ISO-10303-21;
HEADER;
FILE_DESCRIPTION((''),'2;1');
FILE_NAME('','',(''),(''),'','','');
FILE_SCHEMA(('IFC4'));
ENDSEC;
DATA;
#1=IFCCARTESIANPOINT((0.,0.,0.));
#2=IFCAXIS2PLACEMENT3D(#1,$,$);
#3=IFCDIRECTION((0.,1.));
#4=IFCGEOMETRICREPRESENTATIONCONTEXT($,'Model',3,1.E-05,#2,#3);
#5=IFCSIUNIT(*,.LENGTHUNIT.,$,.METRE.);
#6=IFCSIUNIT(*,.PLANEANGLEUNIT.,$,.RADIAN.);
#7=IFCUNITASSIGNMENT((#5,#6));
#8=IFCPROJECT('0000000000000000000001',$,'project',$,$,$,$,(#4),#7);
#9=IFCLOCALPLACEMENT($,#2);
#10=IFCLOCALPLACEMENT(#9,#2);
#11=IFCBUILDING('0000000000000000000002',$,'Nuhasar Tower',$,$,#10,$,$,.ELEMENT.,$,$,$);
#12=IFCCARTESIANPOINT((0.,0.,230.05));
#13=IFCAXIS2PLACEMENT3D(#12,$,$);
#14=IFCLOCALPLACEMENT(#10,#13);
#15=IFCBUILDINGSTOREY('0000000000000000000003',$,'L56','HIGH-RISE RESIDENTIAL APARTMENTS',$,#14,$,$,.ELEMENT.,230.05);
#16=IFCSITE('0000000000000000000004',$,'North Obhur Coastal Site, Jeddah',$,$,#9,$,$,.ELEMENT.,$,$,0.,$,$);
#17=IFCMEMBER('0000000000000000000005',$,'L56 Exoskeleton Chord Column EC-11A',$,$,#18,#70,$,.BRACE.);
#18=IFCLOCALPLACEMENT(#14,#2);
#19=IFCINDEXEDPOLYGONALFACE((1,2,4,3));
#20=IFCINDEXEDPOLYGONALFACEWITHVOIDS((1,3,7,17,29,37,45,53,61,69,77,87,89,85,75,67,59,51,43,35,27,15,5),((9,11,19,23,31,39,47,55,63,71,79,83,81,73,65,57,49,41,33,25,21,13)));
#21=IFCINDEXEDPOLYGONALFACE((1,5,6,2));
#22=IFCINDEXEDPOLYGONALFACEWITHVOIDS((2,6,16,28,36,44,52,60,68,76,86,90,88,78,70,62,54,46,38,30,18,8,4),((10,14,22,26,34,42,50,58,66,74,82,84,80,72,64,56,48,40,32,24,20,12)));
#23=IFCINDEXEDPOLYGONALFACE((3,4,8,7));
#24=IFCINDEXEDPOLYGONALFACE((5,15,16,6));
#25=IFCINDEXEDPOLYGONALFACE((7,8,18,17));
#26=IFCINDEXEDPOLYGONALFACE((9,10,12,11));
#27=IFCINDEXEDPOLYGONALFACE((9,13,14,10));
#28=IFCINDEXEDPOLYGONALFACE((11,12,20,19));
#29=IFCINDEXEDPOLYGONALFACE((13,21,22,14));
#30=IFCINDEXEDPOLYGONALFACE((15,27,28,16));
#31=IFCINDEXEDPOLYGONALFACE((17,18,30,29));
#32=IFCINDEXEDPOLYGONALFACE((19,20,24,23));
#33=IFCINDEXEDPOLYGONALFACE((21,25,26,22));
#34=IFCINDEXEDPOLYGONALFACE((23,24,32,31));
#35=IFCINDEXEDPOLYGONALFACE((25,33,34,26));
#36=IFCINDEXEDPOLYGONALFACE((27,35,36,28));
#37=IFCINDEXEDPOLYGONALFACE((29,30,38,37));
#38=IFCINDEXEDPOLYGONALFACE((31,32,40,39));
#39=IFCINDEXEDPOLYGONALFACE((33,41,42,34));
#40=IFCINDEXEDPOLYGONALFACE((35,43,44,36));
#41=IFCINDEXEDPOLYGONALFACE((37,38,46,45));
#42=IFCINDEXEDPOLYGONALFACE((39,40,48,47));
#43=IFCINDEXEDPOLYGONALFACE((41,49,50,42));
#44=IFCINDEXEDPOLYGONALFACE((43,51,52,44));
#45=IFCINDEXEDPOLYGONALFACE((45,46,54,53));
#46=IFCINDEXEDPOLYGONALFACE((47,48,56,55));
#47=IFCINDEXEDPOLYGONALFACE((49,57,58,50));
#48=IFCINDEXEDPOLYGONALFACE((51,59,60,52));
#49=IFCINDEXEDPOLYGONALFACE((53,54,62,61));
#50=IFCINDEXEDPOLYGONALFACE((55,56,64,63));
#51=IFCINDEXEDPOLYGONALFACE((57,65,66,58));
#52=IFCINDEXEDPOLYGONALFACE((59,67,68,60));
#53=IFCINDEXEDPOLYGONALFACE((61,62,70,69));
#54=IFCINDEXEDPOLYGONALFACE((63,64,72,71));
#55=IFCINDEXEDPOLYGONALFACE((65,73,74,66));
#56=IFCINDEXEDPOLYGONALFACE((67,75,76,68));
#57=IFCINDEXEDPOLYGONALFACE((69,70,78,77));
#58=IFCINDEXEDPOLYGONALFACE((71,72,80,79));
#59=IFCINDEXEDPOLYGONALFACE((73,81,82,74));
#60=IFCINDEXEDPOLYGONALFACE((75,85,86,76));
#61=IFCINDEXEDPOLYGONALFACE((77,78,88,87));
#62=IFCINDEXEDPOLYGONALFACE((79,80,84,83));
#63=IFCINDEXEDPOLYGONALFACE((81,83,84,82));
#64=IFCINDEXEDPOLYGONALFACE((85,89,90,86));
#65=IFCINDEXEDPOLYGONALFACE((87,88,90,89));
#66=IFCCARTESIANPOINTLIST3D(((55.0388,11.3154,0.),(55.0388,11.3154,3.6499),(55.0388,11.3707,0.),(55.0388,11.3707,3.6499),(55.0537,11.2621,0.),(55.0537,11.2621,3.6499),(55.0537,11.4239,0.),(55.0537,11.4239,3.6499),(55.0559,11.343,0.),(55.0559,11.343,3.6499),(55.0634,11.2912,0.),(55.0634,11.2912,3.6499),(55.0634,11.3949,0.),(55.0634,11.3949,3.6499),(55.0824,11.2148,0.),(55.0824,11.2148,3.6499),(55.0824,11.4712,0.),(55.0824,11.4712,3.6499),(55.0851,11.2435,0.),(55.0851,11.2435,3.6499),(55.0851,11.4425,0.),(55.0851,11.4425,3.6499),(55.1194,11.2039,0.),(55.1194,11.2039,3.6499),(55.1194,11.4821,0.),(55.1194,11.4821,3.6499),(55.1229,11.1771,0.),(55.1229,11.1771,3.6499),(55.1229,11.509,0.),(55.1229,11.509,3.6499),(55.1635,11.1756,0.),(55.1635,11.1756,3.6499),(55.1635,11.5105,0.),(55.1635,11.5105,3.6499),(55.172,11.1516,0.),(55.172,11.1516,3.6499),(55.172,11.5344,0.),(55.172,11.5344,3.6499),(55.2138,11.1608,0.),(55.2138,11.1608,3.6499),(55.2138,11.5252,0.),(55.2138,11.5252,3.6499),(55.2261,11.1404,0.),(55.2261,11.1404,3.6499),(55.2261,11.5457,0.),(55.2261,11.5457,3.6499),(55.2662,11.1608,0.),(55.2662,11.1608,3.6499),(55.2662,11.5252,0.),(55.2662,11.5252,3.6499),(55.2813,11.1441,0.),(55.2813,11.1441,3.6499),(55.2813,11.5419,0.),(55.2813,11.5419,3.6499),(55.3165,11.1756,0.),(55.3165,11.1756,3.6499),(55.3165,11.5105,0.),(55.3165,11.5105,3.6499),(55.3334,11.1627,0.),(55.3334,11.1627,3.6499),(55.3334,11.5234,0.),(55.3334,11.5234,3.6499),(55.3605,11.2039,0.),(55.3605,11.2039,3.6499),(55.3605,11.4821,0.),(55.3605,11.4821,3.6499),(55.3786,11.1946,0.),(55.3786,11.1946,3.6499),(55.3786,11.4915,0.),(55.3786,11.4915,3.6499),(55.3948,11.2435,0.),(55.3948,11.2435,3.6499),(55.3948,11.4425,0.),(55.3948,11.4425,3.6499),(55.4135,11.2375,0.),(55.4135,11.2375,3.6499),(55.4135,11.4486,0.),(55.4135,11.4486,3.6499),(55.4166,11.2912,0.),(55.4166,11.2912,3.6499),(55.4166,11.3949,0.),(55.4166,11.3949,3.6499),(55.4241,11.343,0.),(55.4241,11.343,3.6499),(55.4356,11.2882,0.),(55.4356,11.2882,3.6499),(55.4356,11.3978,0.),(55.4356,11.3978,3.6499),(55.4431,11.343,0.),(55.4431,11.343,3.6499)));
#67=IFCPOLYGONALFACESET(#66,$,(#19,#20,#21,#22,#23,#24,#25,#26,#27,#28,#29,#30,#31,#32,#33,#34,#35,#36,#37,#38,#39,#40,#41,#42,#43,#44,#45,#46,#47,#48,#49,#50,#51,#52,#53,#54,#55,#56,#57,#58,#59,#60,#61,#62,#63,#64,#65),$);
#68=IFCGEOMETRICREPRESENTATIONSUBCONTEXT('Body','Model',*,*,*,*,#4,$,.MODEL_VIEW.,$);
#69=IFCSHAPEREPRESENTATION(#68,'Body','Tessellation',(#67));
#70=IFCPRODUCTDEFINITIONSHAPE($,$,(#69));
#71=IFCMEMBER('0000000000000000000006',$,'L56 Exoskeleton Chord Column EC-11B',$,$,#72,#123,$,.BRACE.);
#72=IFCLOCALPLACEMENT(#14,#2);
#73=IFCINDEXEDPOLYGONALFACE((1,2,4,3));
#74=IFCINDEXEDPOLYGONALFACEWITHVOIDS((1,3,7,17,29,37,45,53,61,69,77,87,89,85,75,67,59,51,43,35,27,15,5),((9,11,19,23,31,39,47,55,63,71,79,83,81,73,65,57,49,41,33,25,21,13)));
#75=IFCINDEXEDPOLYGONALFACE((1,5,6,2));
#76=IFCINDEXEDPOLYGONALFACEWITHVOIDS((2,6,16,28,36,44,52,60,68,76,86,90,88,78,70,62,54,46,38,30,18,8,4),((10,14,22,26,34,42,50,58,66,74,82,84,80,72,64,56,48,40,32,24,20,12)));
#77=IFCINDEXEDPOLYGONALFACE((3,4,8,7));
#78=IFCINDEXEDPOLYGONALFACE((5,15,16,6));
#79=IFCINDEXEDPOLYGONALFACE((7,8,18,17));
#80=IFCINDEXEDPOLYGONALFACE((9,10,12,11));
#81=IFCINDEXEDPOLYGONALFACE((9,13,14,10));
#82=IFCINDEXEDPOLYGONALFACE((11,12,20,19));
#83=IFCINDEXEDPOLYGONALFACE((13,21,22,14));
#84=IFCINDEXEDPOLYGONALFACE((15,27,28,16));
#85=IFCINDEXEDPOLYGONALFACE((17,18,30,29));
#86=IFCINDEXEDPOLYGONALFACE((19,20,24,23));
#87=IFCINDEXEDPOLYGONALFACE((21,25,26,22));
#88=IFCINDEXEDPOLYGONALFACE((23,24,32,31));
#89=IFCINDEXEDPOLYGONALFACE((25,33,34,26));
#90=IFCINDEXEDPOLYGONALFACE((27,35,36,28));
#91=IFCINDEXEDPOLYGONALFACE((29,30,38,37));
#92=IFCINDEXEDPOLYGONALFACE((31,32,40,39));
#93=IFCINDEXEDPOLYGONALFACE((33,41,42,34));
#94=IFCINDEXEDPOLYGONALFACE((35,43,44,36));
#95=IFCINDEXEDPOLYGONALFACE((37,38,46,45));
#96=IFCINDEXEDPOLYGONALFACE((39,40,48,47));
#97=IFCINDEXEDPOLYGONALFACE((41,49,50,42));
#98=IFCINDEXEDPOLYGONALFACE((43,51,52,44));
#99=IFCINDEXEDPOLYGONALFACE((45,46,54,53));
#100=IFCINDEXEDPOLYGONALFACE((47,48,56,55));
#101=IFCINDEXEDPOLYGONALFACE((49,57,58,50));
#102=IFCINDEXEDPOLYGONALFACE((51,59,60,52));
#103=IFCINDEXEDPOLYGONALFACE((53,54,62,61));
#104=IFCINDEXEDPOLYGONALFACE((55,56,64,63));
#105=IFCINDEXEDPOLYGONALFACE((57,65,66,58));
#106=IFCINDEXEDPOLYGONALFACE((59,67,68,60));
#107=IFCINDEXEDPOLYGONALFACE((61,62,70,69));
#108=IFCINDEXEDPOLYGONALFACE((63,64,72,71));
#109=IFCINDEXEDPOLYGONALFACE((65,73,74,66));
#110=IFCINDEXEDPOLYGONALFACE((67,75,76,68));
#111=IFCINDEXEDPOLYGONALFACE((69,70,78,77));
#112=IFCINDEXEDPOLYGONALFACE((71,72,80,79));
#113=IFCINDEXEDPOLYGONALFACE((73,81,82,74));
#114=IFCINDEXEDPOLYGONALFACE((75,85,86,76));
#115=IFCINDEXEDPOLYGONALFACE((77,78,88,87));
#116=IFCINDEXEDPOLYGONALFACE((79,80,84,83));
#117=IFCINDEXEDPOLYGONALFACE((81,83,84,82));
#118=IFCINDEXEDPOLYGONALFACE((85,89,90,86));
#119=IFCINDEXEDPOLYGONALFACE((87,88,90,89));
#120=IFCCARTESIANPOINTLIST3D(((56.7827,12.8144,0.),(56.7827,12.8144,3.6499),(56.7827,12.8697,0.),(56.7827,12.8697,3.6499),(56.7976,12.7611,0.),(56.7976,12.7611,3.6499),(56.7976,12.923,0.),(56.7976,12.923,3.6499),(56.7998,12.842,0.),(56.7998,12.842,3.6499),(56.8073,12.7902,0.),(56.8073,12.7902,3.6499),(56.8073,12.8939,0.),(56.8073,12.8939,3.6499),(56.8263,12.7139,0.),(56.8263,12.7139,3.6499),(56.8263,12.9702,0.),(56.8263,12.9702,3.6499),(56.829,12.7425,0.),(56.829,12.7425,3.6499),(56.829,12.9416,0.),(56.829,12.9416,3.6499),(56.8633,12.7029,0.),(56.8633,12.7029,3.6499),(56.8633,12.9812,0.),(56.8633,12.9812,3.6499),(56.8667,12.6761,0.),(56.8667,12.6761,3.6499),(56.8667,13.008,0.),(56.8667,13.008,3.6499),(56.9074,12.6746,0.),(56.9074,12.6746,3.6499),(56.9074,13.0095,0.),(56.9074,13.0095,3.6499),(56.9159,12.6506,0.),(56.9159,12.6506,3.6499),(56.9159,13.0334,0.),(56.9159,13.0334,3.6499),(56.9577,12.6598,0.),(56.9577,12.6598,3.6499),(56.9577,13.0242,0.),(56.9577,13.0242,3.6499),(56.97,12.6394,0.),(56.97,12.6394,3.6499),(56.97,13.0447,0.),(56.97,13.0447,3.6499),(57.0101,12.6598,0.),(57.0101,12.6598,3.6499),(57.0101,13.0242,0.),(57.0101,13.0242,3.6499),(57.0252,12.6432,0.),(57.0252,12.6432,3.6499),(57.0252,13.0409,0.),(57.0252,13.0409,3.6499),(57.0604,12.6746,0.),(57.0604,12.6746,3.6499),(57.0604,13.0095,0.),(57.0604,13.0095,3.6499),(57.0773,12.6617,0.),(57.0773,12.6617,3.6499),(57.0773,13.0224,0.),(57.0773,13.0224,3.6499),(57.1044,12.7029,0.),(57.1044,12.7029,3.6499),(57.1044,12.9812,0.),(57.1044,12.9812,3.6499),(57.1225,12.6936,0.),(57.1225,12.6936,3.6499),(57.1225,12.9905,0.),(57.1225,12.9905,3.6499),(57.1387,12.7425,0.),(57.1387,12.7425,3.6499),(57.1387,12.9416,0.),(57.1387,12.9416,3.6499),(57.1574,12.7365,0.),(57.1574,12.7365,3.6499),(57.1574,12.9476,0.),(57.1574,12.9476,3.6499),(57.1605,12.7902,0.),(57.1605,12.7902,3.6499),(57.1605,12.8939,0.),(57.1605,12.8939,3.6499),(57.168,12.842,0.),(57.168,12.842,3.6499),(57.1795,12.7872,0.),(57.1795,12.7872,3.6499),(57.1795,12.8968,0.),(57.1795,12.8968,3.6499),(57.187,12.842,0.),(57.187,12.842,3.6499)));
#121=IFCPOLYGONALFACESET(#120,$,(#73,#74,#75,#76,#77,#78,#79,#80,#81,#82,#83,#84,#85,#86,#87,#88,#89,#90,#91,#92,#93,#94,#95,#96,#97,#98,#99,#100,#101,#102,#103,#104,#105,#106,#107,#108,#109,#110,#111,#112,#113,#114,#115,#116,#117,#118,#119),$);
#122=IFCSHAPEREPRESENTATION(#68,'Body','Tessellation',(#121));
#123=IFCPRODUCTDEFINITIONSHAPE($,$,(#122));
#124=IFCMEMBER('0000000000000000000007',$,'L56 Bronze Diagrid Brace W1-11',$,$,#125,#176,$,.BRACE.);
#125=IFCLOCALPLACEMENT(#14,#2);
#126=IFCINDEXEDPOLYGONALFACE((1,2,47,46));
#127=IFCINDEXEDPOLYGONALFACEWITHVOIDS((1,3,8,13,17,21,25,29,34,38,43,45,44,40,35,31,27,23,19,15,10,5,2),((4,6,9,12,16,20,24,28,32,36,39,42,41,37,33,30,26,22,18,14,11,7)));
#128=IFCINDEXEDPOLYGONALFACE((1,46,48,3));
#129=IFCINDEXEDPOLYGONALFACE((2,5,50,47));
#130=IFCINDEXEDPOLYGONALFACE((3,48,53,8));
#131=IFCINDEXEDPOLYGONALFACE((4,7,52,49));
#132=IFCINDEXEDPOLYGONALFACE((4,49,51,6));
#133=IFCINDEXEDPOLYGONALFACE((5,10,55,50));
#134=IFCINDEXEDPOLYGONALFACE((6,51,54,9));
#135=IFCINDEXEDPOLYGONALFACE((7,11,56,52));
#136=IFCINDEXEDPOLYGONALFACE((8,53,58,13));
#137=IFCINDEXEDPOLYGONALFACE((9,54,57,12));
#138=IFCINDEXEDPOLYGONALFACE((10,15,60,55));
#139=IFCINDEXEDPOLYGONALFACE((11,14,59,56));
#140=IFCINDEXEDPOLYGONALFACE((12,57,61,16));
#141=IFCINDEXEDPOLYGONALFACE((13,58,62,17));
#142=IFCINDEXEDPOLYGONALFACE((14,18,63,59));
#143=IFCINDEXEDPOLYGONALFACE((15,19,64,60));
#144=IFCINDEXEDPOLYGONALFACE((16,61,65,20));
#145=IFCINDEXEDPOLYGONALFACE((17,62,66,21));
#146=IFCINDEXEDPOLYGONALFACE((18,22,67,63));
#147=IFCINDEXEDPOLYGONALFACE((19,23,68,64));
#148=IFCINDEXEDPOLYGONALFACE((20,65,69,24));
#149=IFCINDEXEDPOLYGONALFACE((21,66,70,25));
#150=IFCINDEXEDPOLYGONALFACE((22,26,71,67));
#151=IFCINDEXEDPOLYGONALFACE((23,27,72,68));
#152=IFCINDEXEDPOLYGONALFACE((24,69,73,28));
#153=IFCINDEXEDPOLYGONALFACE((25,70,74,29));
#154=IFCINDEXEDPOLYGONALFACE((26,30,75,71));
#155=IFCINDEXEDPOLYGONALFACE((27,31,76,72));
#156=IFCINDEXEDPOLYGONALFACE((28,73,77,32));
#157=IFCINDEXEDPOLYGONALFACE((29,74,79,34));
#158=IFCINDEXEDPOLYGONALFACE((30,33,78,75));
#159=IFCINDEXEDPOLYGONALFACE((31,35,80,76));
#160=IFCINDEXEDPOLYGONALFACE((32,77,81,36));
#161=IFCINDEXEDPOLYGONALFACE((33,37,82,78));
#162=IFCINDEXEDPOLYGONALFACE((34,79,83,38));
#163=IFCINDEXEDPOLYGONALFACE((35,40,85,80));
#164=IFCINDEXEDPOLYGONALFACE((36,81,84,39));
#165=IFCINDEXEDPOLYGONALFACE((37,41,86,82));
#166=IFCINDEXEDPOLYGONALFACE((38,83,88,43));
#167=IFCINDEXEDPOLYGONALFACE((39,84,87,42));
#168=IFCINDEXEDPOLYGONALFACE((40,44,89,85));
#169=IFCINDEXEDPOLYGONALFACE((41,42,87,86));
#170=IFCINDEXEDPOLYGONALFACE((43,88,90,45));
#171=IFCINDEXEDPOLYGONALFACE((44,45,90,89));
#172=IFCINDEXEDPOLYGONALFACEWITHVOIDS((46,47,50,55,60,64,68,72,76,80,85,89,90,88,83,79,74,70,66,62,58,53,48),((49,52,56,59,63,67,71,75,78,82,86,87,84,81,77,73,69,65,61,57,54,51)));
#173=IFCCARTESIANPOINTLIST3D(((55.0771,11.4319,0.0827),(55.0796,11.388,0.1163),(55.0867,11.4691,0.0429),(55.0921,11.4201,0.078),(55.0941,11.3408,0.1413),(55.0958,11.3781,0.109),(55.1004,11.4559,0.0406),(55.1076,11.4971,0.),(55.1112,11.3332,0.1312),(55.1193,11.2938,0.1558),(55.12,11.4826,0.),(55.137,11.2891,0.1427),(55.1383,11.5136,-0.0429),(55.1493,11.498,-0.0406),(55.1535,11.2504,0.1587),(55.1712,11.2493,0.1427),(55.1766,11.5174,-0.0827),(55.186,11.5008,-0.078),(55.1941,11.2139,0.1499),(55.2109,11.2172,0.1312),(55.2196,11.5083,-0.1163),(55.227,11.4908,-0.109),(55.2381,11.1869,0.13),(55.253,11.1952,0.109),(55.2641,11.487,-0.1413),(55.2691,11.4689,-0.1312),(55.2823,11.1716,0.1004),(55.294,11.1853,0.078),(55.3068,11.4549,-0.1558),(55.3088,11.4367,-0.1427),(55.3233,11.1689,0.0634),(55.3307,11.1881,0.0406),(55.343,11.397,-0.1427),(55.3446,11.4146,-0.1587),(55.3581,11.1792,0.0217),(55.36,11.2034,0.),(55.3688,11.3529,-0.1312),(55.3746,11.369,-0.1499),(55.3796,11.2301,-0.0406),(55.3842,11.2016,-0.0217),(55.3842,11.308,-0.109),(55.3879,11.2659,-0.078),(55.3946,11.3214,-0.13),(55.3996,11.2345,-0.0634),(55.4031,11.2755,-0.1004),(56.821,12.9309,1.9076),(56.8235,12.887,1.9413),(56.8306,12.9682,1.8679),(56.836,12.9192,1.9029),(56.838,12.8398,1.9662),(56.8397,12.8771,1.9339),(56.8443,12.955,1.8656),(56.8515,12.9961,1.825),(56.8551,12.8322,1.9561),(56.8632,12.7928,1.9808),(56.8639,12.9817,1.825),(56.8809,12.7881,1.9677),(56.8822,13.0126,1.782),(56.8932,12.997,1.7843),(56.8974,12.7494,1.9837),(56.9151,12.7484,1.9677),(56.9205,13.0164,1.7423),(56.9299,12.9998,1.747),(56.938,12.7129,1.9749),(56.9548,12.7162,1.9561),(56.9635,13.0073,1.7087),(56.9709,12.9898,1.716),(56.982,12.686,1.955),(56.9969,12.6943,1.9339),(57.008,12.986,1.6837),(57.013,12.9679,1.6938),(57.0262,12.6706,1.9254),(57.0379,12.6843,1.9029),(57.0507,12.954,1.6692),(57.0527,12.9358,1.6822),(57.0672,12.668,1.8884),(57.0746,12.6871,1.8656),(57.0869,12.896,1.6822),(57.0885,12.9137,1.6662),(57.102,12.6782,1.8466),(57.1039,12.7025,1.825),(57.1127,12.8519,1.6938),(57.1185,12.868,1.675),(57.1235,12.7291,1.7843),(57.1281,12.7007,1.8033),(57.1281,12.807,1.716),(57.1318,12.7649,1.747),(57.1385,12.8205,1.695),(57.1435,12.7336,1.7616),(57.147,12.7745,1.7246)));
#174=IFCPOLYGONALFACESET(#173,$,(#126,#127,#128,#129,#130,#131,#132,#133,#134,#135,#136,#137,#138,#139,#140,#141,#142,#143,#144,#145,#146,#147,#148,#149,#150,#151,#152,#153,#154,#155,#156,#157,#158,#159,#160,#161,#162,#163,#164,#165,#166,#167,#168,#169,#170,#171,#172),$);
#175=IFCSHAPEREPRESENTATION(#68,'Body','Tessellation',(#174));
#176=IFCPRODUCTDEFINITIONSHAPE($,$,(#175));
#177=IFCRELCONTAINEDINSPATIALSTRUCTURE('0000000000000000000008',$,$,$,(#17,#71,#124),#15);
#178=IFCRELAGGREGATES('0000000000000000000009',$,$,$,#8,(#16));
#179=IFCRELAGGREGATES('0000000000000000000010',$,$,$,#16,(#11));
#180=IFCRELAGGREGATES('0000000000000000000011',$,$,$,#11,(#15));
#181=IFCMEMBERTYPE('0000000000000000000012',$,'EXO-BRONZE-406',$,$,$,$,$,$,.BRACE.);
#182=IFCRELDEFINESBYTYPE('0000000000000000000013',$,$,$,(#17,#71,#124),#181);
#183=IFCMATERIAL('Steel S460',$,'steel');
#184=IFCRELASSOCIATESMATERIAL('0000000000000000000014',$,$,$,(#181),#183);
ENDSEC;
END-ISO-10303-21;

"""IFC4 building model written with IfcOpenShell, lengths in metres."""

from ifc_helpers import new_model, si_unit, direction, frame, origin, origin_2d, place, context, subcontext, project, spatial, hollow_circle, extrude, material, material_profile, profile_set, type_object, element, save


model = new_model("IFC4")

# Units and contexts
model_context = context("Model", 3, precision=1e-05, world=origin(), true_north=direction((0.0, 1.0)))
body_context = subcontext(model_context, "Body", "Model", "MODEL_VIEW")
ifc_project = project(units=[si_unit("LENGTHUNIT", "METRE"), si_unit("PLANEANGLEUNIT", "RADIAN")], contexts=[model_context])

# Site, building, storey
site_placement = place(None, origin())
site = spatial("IfcSite", under=ifc_project, at=site_placement, Name="North Obhur Coastal Site, Jeddah", CompositionType="ELEMENT", RefElevation=0.0)
building_placement = place(site_placement, origin())
building = spatial("IfcBuilding", under=site, at=building_placement, Name="Nuhasar Tower", CompositionType="ELEMENT")
storey_placement = place(building_placement, frame((0.0, 0.0, 230.05)))
storey = spatial("IfcBuildingStorey", under=building, at=storey_placement, Name="L56", Description="HIGH-RISE RESIDENTIAL APARTMENTS", CompositionType="ELEMENT", Elevation=230.05)

# Members
ifc_material_1 = material(Name="Steel S460", Category="steel")
ifc_material_profile_1 = material_profile(ifc_material_1, hollow_circle(Radius=0.2031, WallThickness=0.019, at=origin_2d()), Name="HSS406.4X19.1")
ifc_profile_set_1 = profile_set([ifc_material_profile_1], Name="Steel S460")
member_type_1 = type_object("IfcMemberType", Name="EXO-BRONZE-406", PredefinedType="BRACE", material=ifc_profile_set_1)
for number, where, z_axis, x_axis, name in (
    (1, (55.24, 11.343, 0.0), (0.0, 0.0, 1.0), (1.0, 0.0, 0.0), "L56 Exoskeleton Chord Column EC-11A"),
    (2, (56.9839, 12.842, 0.0), (0.0, 0.0, 1.0), (1.0, 0.0, 0.0), "L56 Exoskeleton Chord Column EC-11B"),
):
    element("IfcMember", number, at=place(storey_placement, frame(where, z_axis=z_axis, x_axis=x_axis)), inside=storey, type_object=member_type_1, Name=name, PredefinedType="BRACE", context=body_context, shape_type="SweptSolid", body=[
        extrude(hollow_circle(Radius=0.2031, WallThickness=0.019, at=origin_2d()), origin(), (0.0, 0.0, 1.0), 3.6499),
    ])
for number, where, z_axis, x_axis, name in (
    (3, (55.24, 11.343, 0.0), (0.594019, 0.510608, 0.621628), (-0.651857, 0.758342, 0.0), "L56 Bronze Diagrid Brace W1-11"),
):
    element("IfcMember", number, at=place(storey_placement, frame(where, z_axis=z_axis, x_axis=x_axis)), inside=storey, type_object=member_type_1, Name=name, PredefinedType="BRACE", context=body_context, shape_type="SweptSolid", body=[
        extrude(hollow_circle(Radius=0.2031, WallThickness=0.019, at=origin_2d()), origin(), (0.0, 0.0, 1.0), 2.9358),
    ])

save(model, "model.ifc")
